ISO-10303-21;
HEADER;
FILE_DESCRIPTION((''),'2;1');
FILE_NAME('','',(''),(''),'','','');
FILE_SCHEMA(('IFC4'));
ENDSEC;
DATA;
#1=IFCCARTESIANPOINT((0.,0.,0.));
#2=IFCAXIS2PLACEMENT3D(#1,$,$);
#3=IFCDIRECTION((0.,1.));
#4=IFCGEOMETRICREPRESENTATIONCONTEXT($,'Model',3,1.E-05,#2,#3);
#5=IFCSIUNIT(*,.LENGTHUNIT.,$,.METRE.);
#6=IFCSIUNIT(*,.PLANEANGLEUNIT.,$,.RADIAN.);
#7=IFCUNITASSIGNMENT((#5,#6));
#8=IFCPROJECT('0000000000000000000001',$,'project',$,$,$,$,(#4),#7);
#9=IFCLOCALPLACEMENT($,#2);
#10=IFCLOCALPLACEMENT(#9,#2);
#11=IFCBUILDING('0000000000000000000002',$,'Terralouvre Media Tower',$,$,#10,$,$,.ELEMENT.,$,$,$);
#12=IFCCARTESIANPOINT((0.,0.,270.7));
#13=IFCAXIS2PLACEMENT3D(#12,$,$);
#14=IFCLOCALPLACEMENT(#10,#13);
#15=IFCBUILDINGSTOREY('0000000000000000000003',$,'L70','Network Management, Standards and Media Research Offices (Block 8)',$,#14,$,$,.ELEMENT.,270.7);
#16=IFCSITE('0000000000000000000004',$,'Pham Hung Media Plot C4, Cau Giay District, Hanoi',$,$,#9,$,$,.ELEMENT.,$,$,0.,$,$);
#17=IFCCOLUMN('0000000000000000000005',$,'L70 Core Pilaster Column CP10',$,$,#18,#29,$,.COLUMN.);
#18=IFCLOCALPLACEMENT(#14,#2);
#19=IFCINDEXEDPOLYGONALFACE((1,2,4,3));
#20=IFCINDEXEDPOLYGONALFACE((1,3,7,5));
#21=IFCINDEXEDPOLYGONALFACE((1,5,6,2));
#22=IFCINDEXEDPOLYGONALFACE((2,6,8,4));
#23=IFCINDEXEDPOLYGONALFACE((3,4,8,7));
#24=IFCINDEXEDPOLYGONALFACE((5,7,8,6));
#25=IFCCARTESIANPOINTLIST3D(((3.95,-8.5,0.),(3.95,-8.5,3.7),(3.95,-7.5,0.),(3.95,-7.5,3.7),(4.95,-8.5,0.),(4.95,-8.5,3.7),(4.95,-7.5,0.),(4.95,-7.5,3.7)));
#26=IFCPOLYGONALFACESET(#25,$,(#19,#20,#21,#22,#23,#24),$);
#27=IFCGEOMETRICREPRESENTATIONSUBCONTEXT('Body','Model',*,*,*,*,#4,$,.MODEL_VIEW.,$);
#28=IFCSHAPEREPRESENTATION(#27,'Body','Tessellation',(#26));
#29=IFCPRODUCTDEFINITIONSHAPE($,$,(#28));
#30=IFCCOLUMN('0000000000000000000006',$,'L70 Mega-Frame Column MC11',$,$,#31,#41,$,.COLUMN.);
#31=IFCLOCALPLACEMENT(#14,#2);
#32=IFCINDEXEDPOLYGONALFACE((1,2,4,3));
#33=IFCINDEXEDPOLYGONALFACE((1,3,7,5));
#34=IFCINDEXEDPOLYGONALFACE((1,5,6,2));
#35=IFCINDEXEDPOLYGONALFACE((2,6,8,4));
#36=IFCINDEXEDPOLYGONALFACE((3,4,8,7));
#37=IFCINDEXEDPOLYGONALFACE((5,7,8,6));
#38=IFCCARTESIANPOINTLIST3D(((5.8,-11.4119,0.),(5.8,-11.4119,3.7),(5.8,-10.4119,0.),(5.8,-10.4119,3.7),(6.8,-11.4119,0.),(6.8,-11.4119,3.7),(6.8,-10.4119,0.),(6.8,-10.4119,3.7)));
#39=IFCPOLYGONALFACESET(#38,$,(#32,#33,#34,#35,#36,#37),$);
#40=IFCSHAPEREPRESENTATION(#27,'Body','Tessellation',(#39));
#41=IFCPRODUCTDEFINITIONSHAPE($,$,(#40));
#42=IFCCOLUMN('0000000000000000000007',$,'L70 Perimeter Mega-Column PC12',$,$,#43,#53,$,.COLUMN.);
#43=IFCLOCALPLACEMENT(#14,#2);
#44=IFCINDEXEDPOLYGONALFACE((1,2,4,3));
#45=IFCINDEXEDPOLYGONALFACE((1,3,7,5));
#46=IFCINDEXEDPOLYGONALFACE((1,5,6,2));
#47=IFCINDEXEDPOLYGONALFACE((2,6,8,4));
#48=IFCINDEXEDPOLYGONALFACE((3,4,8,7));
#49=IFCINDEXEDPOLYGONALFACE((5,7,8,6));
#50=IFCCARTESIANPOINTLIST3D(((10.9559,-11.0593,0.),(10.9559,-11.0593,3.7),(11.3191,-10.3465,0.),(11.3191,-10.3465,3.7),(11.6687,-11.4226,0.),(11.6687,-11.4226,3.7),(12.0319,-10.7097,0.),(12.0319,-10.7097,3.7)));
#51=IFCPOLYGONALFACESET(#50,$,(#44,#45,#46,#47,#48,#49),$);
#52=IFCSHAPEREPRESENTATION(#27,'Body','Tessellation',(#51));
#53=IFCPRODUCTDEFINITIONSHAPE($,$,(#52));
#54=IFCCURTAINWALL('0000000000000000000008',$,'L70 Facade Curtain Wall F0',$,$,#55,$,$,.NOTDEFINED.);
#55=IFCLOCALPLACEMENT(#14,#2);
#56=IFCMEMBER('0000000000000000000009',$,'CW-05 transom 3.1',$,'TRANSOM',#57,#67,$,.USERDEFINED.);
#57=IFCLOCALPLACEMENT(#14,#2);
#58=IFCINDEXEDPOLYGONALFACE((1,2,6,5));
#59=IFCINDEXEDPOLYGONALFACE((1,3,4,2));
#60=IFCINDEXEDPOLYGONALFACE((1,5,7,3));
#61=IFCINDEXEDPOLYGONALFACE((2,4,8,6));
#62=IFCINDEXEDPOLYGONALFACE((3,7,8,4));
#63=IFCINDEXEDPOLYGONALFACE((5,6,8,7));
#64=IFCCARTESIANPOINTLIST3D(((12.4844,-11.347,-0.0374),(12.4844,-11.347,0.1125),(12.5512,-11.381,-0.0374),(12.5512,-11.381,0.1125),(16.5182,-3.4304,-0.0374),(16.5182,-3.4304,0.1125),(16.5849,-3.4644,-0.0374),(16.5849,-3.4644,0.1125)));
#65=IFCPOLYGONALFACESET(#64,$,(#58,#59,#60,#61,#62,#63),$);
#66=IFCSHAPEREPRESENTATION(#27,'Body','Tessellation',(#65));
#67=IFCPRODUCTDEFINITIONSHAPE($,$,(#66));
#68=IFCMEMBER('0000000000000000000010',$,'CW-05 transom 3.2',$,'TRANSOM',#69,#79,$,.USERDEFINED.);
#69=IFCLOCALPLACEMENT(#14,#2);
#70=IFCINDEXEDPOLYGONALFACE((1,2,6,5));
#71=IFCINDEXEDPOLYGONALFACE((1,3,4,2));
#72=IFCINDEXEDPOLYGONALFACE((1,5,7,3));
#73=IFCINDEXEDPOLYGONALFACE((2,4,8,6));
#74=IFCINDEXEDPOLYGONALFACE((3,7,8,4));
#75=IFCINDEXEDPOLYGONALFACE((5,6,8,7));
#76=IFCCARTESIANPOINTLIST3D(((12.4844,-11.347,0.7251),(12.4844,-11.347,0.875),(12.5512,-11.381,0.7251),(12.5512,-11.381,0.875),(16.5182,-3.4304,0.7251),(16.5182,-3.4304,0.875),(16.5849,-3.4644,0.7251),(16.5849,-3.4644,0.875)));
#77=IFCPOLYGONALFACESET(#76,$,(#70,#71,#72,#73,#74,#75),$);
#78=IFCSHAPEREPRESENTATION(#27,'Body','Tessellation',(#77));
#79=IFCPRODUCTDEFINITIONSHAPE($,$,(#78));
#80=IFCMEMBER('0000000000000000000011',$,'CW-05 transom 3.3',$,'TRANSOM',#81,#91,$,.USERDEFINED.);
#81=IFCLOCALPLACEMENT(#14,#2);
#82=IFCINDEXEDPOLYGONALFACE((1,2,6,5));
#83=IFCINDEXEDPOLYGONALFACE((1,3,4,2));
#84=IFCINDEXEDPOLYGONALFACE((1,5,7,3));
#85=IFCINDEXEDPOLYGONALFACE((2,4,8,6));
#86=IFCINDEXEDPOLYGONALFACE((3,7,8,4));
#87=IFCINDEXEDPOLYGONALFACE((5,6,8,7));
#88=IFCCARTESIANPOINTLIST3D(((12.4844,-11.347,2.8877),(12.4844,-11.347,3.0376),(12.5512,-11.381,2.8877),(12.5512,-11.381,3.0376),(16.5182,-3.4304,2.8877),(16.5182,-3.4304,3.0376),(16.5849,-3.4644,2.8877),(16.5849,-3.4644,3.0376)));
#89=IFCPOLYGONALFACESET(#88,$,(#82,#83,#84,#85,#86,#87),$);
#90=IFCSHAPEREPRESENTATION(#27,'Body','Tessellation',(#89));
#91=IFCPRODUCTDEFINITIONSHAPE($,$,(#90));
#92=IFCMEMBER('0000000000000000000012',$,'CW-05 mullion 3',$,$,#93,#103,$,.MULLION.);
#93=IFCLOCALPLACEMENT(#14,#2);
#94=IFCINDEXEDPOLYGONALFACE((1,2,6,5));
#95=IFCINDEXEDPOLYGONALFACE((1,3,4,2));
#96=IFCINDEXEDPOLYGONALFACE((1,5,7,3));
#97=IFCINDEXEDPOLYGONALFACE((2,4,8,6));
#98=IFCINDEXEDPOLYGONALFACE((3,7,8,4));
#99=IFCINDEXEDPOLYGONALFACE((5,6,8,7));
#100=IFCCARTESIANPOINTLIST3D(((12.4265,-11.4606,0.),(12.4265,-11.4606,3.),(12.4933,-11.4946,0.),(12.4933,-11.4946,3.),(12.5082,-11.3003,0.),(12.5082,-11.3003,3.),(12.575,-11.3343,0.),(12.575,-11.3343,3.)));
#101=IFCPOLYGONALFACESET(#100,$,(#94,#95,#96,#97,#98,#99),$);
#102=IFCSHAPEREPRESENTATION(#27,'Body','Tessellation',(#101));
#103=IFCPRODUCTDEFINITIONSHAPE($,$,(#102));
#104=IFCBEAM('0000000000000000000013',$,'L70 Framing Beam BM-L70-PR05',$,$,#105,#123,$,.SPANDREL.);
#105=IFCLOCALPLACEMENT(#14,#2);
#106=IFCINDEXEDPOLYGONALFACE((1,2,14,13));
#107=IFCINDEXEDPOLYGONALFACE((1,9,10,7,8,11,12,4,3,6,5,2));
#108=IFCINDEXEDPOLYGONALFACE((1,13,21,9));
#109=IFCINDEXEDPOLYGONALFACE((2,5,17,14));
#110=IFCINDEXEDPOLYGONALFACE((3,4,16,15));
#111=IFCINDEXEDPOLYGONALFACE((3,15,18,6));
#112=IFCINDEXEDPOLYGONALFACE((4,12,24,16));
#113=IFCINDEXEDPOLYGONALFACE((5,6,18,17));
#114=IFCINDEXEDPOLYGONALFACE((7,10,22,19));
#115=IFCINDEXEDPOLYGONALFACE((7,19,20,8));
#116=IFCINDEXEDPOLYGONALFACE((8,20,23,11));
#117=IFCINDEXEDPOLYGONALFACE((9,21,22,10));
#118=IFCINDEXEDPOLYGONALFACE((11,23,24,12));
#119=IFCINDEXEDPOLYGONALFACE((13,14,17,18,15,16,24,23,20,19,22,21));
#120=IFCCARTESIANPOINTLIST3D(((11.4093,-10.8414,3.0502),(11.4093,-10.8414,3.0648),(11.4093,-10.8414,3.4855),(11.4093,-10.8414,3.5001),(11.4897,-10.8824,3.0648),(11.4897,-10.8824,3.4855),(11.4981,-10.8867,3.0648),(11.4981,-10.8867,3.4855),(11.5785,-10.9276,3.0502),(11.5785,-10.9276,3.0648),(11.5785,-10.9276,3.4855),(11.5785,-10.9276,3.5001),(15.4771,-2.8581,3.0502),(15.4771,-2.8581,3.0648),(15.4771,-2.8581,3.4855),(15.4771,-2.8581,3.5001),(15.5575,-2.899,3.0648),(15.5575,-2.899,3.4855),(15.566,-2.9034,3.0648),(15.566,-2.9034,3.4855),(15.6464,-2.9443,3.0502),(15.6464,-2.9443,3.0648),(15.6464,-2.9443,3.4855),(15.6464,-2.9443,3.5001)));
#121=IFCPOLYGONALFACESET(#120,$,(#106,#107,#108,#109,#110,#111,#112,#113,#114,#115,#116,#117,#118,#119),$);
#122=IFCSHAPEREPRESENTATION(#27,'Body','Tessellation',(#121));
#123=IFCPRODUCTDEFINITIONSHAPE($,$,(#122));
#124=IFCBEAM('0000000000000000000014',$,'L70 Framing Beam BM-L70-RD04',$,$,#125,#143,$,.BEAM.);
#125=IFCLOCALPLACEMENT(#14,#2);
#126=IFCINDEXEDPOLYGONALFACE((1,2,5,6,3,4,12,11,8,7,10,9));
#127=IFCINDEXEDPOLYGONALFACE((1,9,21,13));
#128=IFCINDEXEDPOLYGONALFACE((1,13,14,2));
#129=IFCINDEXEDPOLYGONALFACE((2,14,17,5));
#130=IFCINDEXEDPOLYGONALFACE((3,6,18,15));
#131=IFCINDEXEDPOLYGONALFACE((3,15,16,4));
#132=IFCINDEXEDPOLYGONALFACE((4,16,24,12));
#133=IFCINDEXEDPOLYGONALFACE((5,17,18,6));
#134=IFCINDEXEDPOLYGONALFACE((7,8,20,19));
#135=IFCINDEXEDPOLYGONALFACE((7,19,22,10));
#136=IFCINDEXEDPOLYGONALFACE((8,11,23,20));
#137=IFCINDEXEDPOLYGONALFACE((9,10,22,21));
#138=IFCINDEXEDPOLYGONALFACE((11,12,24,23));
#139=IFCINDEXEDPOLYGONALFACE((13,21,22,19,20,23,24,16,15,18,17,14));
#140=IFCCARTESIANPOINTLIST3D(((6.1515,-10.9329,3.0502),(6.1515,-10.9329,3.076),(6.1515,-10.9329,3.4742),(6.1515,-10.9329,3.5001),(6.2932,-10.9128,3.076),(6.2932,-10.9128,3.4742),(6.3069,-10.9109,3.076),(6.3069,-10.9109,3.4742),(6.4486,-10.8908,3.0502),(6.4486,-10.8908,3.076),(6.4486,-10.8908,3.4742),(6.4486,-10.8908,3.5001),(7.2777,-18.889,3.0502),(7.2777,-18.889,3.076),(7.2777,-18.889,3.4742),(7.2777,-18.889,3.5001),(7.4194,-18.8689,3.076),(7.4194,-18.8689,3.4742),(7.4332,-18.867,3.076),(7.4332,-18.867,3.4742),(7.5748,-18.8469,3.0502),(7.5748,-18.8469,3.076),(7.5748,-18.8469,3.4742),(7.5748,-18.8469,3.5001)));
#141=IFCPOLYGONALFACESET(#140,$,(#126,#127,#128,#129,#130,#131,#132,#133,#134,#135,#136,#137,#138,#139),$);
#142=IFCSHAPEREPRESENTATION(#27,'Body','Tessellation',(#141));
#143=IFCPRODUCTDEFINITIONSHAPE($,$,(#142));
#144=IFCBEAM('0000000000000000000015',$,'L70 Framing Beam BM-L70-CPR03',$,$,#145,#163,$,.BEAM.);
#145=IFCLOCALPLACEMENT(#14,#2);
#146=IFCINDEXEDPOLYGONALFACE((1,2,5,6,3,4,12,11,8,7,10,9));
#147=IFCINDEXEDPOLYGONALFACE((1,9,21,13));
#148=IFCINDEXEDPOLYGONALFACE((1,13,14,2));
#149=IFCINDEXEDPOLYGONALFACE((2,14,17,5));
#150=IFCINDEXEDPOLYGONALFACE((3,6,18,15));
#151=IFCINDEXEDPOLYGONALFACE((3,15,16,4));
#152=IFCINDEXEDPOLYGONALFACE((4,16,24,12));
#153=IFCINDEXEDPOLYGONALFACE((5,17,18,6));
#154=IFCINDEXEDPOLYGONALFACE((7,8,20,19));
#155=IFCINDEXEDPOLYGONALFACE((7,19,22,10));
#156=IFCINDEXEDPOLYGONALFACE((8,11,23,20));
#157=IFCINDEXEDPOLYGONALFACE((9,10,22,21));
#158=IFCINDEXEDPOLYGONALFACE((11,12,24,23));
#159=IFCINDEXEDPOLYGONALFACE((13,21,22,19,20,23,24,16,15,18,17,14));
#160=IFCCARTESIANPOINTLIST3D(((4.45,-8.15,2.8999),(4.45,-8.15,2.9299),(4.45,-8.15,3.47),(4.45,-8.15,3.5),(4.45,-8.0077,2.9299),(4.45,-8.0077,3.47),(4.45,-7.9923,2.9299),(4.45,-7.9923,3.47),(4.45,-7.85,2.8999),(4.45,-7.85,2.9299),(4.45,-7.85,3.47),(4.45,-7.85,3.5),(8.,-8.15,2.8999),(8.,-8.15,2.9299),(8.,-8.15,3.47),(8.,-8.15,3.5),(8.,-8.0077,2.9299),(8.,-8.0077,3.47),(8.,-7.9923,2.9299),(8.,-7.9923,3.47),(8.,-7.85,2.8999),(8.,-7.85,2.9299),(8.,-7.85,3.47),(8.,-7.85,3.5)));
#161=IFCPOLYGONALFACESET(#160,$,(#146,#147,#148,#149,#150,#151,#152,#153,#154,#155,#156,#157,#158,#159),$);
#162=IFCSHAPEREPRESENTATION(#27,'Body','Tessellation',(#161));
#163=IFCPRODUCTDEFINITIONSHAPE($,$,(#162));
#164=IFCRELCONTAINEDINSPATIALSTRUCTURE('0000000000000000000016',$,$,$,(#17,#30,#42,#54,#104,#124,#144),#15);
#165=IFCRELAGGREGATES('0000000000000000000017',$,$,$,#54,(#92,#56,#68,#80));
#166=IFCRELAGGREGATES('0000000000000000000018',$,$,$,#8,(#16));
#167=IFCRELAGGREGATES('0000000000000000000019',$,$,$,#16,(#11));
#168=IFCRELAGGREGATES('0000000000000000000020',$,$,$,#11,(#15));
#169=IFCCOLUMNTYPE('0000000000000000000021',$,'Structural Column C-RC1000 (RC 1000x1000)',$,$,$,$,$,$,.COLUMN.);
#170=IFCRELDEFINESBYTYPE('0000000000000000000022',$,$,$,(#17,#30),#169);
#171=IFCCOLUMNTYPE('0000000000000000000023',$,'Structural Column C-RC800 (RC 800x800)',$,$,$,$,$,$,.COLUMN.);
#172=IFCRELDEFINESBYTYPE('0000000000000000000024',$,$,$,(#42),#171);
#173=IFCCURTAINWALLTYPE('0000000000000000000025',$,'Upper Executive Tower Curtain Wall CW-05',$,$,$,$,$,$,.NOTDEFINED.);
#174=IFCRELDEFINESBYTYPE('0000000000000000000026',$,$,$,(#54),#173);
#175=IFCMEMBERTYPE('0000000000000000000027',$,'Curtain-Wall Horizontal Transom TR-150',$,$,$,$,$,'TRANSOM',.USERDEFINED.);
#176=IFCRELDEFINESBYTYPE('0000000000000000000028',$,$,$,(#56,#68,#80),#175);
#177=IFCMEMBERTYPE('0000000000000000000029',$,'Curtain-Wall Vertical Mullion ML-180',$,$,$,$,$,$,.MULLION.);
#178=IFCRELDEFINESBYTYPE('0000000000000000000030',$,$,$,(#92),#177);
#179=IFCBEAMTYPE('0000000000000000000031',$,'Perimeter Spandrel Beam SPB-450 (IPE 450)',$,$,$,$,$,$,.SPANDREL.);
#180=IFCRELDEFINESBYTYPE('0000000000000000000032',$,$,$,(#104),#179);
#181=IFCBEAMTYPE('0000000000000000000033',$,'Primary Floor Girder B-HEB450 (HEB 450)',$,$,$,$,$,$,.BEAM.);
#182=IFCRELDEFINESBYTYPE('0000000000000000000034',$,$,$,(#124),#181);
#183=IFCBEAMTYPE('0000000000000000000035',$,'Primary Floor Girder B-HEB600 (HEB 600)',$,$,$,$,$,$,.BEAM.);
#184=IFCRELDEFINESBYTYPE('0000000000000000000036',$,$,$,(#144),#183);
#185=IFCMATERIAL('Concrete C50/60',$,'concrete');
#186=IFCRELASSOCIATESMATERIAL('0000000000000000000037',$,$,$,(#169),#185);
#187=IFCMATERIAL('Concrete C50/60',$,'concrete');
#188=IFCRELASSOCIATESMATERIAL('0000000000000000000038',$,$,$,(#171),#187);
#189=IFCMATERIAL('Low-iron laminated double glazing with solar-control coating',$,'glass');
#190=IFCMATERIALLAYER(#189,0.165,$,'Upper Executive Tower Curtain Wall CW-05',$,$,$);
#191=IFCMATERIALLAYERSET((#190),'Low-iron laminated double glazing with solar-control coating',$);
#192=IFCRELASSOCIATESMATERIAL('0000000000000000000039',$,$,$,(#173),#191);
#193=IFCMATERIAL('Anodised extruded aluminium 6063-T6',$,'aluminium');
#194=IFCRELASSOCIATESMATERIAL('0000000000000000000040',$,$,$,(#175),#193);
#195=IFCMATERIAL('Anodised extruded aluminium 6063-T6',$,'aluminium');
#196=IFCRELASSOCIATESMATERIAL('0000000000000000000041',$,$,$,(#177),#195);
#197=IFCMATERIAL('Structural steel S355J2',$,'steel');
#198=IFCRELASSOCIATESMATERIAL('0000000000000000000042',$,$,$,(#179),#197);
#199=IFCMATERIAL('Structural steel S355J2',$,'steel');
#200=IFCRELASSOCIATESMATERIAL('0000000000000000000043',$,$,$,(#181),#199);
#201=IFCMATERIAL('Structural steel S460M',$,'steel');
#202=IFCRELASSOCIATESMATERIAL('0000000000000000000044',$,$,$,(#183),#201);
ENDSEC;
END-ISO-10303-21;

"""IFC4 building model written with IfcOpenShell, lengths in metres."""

from ifc_helpers import new_model, si_unit, direction, frame, origin, origin_2d, place, context, subcontext, project, spatial, rectangle, i_section, extrude, material, layer, layer_set, material_profile, profile_set, type_object, element, aggregate, save


model = new_model("IFC4")

# Units and contexts
model_context = context("Model", 3, precision=1e-05, world=origin(), true_north=direction((0.0, 1.0)))
body_context = subcontext(model_context, "Body", "Model", "MODEL_VIEW")
ifc_project = project(units=[si_unit("LENGTHUNIT", "METRE"), si_unit("PLANEANGLEUNIT", "RADIAN")], contexts=[model_context])

# Site, building, storey
site_placement = place(None, origin())
site = spatial("IfcSite", under=ifc_project, at=site_placement, Name="Pham Hung Media Plot C4, Cau Giay District, Hanoi", CompositionType="ELEMENT", RefElevation=0.0)
building_placement = place(site_placement, origin())
building = spatial("IfcBuilding", under=site, at=building_placement, Name="Terralouvre Media Tower", CompositionType="ELEMENT")
storey_placement = place(building_placement, frame((0.0, 0.0, 270.7)))
storey = spatial("IfcBuildingStorey", under=building, at=storey_placement, Name="L70", Description="Network Management, Standards and Media Research Offices (Block 8)", CompositionType="ELEMENT", Elevation=270.7)

# Columns
ifc_material_1 = material(Name="Concrete C50/60", Category="concrete")
ifc_material_profile_1 = material_profile(ifc_material_1, rectangle(XDim=1.0, YDim=1.0, at=origin_2d()), Name="RC 1000x1000")
ifc_profile_set_1 = profile_set([ifc_material_profile_1], Name="Concrete C50/60")
column_type_1 = type_object("IfcColumnType", Name="Structural Column C-RC1000 (RC 1000x1000)", PredefinedType="COLUMN", material=ifc_profile_set_1)
for number, where, z_axis, x_axis, name in (
    (1, (4.45, -8.0, 0.0), (0.0, 0.0, 1.0), (1.0, 0.0, 0.0), "L70 Core Pilaster Column CP10"),
    (2, (6.3, -10.9119, 0.0), (0.0, 0.0, 1.0), (1.0, 0.0, 0.0), "L70 Mega-Frame Column MC11"),
):
    element("IfcColumn", number, at=place(storey_placement, frame(where, z_axis=z_axis, x_axis=x_axis)), inside=storey, type_object=column_type_1, Name=name, PredefinedType="COLUMN", context=body_context, shape_type="SweptSolid", body=[
        extrude(rectangle(XDim=1.0, YDim=1.0, at=origin_2d()), origin(), (0.0, 0.0, 1.0), 3.7),
    ])
ifc_material_2 = material(Name="Concrete C50/60", Category="concrete")
ifc_material_profile_2 = material_profile(ifc_material_2, rectangle(XDim=0.8, YDim=0.8, at=origin_2d()), Name="RC 800x800")
ifc_profile_set_2 = profile_set([ifc_material_profile_2], Name="Concrete C50/60")
column_type_2 = type_object("IfcColumnType", Name="Structural Column C-RC800 (RC 800x800)", PredefinedType="COLUMN", material=ifc_profile_set_2)
column_placement = place(storey_placement, frame((11.4939, -10.8845, 0.0), z_axis=(0.0, 0.0, 1.0), x_axis=(0.45399, 0.891007, 0.0)))
element("IfcColumn", 3, at=column_placement, inside=storey, type_object=column_type_2, Name="L70 Perimeter Mega-Column PC12", PredefinedType="COLUMN", context=body_context, shape_type="SweptSolid", body=[
    extrude(rectangle(XDim=0.8, YDim=0.8, at=origin_2d()), origin(), (0.0, 0.0, 1.0), 3.7),
])

# Curtain wall, members
ifc_material_3 = material(Name="Low-iron laminated double glazing with solar-control coating", Category="glass")
ifc_layer_1 = layer(ifc_material_3, 0.165, Name="Upper Executive Tower Curtain Wall CW-05")
ifc_layer_set_1 = layer_set([ifc_layer_1], Name="Low-iron laminated double glazing with solar-control coating")
curtain_wall_type = type_object("IfcCurtainWallType", Name="Upper Executive Tower Curtain Wall CW-05", PredefinedType="NOTDEFINED", material=ifc_layer_set_1)
curtain_wall_placement = place(storey_placement, origin())
curtain_wall = element("IfcCurtainWall", 4, at=curtain_wall_placement, inside=storey, type_object=curtain_wall_type, Name="L70 Facade Curtain Wall F0", PredefinedType="NOTDEFINED")
ifc_material_4 = material(Name="Anodised extruded aluminium 6063-T6", Category="aluminium")
ifc_material_profile_3 = material_profile(ifc_material_4, rectangle(XDim=0.075, YDim=0.1499, at=origin_2d()), Name="ALU 75x150")
ifc_profile_set_3 = profile_set([ifc_material_profile_3], Name="Anodised extruded aluminium 6063-T6")
member_type_1 = type_object("IfcMemberType", Name="Curtain-Wall Horizontal Transom TR-150", ElementType="TRANSOM", PredefinedType="USERDEFINED", material=ifc_profile_set_3)
member_1_placement = place(storey_placement, frame((12.5178, -11.364, 0.0376), z_axis=(0.453993, 0.891005, 0.0), x_axis=(-0.891005, 0.453993, 0.0)))
member_1 = element("IfcMember", 5, at=member_1_placement, type_object=member_type_1, Name="CW-05 transom 3.1", ObjectType="TRANSOM", PredefinedType="USERDEFINED", context=body_context, shape_type="SweptSolid", body=[
    extrude(rectangle(XDim=0.075, YDim=0.1499, at=origin_2d()), origin(), (0.0, 0.0, 1.0), 8.885),
])
member_2_placement = place(storey_placement, frame((12.5178, -11.364, 0.8), z_axis=(0.453993, 0.891005, 0.0), x_axis=(-0.891005, 0.453993, 0.0)))
member_2 = element("IfcMember", 6, at=member_2_placement, type_object=member_type_1, Name="CW-05 transom 3.2", ObjectType="TRANSOM", PredefinedType="USERDEFINED", context=body_context, shape_type="SweptSolid", body=[
    extrude(rectangle(XDim=0.075, YDim=0.1499, at=origin_2d()), origin(), (0.0, 0.0, 1.0), 8.885),
])
member_3_placement = place(storey_placement, frame((12.5178, -11.364, 2.9626), z_axis=(0.453993, 0.891005, 0.0), x_axis=(-0.891005, 0.453993, 0.0)))
member_3 = element("IfcMember", 7, at=member_3_placement, type_object=member_type_1, Name="CW-05 transom 3.3", ObjectType="TRANSOM", PredefinedType="USERDEFINED", context=body_context, shape_type="SweptSolid", body=[
    extrude(rectangle(XDim=0.075, YDim=0.1499, at=origin_2d()), origin(), (0.0, 0.0, 1.0), 8.885),
])
ifc_material_5 = material(Name="Anodised extruded aluminium 6063-T6", Category="aluminium")
ifc_material_profile_4 = material_profile(ifc_material_5, rectangle(XDim=0.075, YDim=0.1799, at=origin_2d()), Name="ALU 75x180")
ifc_profile_set_4 = profile_set([ifc_material_profile_4], Name="Anodised extruded aluminium 6063-T6")
member_type_2 = type_object("IfcMemberType", Name="Curtain-Wall Vertical Mullion ML-180", PredefinedType="MULLION", material=ifc_profile_set_4)
member_4_placement = place(storey_placement, frame((12.5007, -11.3975, 0.0), z_axis=(0.0, 0.0, 1.0), x_axis=(-0.891007, 0.45399, 0.0)))
member_4 = element("IfcMember", 8, at=member_4_placement, type_object=member_type_2, Name="CW-05 mullion 3", PredefinedType="MULLION", context=body_context, shape_type="SweptSolid", body=[
    extrude(rectangle(XDim=0.075, YDim=0.1799, at=origin_2d()), origin(), (0.0, 0.0, 1.0), 3.0),
])

# Beams
ifc_material_6 = material(Name="Structural steel S355J2", Category="steel")
ifc_material_profile_5 = material_profile(ifc_material_6, i_section(OverallWidth=0.1899, OverallDepth=0.45, WebThickness=0.0095, FlangeThickness=0.0146, at=origin_2d()), Name="IPE 450")
ifc_profile_set_5 = profile_set([ifc_material_profile_5], Name="Structural steel S355J2")
beam_type_1 = type_object("IfcBeamType", Name="Perimeter Spandrel Beam SPB-450 (IPE 450)", PredefinedType="SPANDREL", material=ifc_profile_set_5)
beam_1_placement = place(storey_placement, frame((11.4939, -10.8845, 3.2751), z_axis=(0.454002, 0.891001, 0.0), x_axis=(-0.891001, 0.454002, 0.0)))
element("IfcBeam", 9, at=beam_1_placement, inside=storey, type_object=beam_type_1, Name="L70 Framing Beam BM-L70-PR05", PredefinedType="SPANDREL", context=body_context, shape_type="SweptSolid", body=[
    extrude(i_section(OverallWidth=0.1899, OverallDepth=0.45, WebThickness=0.0095, FlangeThickness=0.0146, at=origin_2d()), origin(), (0.0, 0.0, 1.0), 8.96),
])
ifc_material_7 = material(Name="Structural steel S355J2", Category="steel")
ifc_material_profile_6 = material_profile(ifc_material_7, i_section(OverallWidth=0.3, OverallDepth=0.45, WebThickness=0.0139, FlangeThickness=0.0259, at=origin_2d()), Name="HEB 450")
ifc_profile_set_6 = profile_set([ifc_material_profile_6], Name="Structural steel S355J2")
beam_type_2 = type_object("IfcBeamType", Name="Primary Floor Girder B-HEB450 (HEB 450)", PredefinedType="BEAM", material=ifc_profile_set_6)
beam_2_placement = place(storey_placement, frame((6.3, -10.9119, 3.2751), z_axis=(0.140158, -0.990129, 0.0), x_axis=(0.990129, 0.140158, 0.0)))
element("IfcBeam", 10, at=beam_2_placement, inside=storey, type_object=beam_type_2, Name="L70 Framing Beam BM-L70-RD04", PredefinedType="BEAM", context=body_context, shape_type="SweptSolid", body=[
    extrude(i_section(OverallWidth=0.3, OverallDepth=0.45, WebThickness=0.0139, FlangeThickness=0.0259, at=origin_2d()), origin(), (0.0, 0.0, 1.0), 8.0354),
])
ifc_material_8 = material(Name="Structural steel S460M", Category="steel")
ifc_material_profile_7 = material_profile(ifc_material_8, i_section(OverallWidth=0.3, OverallDepth=0.6001, WebThickness=0.0154, FlangeThickness=0.03, at=origin_2d()), Name="HEB 600")
ifc_profile_set_7 = profile_set([ifc_material_profile_7], Name="Structural steel S460M")
beam_type_3 = type_object("IfcBeamType", Name="Primary Floor Girder B-HEB600 (HEB 600)", PredefinedType="BEAM", material=ifc_profile_set_7)
beam_3_placement = place(storey_placement, frame((4.45, -8.0, 3.2), z_axis=(1.0, 0.0, 0.0), x_axis=(0.0, 1.0, 0.0)))
element("IfcBeam", 11, at=beam_3_placement, inside=storey, type_object=beam_type_3, Name="L70 Framing Beam BM-L70-CPR03", PredefinedType="BEAM", context=body_context, shape_type="SweptSolid", body=[
    extrude(i_section(OverallWidth=0.3, OverallDepth=0.6001, WebThickness=0.0154, FlangeThickness=0.03, at=origin_2d()), origin(), (0.0, 0.0, 1.0), 3.55),
])

aggregate(curtain_wall, [member_4, member_1, member_2, member_3])

save(model, "model.ifc")
